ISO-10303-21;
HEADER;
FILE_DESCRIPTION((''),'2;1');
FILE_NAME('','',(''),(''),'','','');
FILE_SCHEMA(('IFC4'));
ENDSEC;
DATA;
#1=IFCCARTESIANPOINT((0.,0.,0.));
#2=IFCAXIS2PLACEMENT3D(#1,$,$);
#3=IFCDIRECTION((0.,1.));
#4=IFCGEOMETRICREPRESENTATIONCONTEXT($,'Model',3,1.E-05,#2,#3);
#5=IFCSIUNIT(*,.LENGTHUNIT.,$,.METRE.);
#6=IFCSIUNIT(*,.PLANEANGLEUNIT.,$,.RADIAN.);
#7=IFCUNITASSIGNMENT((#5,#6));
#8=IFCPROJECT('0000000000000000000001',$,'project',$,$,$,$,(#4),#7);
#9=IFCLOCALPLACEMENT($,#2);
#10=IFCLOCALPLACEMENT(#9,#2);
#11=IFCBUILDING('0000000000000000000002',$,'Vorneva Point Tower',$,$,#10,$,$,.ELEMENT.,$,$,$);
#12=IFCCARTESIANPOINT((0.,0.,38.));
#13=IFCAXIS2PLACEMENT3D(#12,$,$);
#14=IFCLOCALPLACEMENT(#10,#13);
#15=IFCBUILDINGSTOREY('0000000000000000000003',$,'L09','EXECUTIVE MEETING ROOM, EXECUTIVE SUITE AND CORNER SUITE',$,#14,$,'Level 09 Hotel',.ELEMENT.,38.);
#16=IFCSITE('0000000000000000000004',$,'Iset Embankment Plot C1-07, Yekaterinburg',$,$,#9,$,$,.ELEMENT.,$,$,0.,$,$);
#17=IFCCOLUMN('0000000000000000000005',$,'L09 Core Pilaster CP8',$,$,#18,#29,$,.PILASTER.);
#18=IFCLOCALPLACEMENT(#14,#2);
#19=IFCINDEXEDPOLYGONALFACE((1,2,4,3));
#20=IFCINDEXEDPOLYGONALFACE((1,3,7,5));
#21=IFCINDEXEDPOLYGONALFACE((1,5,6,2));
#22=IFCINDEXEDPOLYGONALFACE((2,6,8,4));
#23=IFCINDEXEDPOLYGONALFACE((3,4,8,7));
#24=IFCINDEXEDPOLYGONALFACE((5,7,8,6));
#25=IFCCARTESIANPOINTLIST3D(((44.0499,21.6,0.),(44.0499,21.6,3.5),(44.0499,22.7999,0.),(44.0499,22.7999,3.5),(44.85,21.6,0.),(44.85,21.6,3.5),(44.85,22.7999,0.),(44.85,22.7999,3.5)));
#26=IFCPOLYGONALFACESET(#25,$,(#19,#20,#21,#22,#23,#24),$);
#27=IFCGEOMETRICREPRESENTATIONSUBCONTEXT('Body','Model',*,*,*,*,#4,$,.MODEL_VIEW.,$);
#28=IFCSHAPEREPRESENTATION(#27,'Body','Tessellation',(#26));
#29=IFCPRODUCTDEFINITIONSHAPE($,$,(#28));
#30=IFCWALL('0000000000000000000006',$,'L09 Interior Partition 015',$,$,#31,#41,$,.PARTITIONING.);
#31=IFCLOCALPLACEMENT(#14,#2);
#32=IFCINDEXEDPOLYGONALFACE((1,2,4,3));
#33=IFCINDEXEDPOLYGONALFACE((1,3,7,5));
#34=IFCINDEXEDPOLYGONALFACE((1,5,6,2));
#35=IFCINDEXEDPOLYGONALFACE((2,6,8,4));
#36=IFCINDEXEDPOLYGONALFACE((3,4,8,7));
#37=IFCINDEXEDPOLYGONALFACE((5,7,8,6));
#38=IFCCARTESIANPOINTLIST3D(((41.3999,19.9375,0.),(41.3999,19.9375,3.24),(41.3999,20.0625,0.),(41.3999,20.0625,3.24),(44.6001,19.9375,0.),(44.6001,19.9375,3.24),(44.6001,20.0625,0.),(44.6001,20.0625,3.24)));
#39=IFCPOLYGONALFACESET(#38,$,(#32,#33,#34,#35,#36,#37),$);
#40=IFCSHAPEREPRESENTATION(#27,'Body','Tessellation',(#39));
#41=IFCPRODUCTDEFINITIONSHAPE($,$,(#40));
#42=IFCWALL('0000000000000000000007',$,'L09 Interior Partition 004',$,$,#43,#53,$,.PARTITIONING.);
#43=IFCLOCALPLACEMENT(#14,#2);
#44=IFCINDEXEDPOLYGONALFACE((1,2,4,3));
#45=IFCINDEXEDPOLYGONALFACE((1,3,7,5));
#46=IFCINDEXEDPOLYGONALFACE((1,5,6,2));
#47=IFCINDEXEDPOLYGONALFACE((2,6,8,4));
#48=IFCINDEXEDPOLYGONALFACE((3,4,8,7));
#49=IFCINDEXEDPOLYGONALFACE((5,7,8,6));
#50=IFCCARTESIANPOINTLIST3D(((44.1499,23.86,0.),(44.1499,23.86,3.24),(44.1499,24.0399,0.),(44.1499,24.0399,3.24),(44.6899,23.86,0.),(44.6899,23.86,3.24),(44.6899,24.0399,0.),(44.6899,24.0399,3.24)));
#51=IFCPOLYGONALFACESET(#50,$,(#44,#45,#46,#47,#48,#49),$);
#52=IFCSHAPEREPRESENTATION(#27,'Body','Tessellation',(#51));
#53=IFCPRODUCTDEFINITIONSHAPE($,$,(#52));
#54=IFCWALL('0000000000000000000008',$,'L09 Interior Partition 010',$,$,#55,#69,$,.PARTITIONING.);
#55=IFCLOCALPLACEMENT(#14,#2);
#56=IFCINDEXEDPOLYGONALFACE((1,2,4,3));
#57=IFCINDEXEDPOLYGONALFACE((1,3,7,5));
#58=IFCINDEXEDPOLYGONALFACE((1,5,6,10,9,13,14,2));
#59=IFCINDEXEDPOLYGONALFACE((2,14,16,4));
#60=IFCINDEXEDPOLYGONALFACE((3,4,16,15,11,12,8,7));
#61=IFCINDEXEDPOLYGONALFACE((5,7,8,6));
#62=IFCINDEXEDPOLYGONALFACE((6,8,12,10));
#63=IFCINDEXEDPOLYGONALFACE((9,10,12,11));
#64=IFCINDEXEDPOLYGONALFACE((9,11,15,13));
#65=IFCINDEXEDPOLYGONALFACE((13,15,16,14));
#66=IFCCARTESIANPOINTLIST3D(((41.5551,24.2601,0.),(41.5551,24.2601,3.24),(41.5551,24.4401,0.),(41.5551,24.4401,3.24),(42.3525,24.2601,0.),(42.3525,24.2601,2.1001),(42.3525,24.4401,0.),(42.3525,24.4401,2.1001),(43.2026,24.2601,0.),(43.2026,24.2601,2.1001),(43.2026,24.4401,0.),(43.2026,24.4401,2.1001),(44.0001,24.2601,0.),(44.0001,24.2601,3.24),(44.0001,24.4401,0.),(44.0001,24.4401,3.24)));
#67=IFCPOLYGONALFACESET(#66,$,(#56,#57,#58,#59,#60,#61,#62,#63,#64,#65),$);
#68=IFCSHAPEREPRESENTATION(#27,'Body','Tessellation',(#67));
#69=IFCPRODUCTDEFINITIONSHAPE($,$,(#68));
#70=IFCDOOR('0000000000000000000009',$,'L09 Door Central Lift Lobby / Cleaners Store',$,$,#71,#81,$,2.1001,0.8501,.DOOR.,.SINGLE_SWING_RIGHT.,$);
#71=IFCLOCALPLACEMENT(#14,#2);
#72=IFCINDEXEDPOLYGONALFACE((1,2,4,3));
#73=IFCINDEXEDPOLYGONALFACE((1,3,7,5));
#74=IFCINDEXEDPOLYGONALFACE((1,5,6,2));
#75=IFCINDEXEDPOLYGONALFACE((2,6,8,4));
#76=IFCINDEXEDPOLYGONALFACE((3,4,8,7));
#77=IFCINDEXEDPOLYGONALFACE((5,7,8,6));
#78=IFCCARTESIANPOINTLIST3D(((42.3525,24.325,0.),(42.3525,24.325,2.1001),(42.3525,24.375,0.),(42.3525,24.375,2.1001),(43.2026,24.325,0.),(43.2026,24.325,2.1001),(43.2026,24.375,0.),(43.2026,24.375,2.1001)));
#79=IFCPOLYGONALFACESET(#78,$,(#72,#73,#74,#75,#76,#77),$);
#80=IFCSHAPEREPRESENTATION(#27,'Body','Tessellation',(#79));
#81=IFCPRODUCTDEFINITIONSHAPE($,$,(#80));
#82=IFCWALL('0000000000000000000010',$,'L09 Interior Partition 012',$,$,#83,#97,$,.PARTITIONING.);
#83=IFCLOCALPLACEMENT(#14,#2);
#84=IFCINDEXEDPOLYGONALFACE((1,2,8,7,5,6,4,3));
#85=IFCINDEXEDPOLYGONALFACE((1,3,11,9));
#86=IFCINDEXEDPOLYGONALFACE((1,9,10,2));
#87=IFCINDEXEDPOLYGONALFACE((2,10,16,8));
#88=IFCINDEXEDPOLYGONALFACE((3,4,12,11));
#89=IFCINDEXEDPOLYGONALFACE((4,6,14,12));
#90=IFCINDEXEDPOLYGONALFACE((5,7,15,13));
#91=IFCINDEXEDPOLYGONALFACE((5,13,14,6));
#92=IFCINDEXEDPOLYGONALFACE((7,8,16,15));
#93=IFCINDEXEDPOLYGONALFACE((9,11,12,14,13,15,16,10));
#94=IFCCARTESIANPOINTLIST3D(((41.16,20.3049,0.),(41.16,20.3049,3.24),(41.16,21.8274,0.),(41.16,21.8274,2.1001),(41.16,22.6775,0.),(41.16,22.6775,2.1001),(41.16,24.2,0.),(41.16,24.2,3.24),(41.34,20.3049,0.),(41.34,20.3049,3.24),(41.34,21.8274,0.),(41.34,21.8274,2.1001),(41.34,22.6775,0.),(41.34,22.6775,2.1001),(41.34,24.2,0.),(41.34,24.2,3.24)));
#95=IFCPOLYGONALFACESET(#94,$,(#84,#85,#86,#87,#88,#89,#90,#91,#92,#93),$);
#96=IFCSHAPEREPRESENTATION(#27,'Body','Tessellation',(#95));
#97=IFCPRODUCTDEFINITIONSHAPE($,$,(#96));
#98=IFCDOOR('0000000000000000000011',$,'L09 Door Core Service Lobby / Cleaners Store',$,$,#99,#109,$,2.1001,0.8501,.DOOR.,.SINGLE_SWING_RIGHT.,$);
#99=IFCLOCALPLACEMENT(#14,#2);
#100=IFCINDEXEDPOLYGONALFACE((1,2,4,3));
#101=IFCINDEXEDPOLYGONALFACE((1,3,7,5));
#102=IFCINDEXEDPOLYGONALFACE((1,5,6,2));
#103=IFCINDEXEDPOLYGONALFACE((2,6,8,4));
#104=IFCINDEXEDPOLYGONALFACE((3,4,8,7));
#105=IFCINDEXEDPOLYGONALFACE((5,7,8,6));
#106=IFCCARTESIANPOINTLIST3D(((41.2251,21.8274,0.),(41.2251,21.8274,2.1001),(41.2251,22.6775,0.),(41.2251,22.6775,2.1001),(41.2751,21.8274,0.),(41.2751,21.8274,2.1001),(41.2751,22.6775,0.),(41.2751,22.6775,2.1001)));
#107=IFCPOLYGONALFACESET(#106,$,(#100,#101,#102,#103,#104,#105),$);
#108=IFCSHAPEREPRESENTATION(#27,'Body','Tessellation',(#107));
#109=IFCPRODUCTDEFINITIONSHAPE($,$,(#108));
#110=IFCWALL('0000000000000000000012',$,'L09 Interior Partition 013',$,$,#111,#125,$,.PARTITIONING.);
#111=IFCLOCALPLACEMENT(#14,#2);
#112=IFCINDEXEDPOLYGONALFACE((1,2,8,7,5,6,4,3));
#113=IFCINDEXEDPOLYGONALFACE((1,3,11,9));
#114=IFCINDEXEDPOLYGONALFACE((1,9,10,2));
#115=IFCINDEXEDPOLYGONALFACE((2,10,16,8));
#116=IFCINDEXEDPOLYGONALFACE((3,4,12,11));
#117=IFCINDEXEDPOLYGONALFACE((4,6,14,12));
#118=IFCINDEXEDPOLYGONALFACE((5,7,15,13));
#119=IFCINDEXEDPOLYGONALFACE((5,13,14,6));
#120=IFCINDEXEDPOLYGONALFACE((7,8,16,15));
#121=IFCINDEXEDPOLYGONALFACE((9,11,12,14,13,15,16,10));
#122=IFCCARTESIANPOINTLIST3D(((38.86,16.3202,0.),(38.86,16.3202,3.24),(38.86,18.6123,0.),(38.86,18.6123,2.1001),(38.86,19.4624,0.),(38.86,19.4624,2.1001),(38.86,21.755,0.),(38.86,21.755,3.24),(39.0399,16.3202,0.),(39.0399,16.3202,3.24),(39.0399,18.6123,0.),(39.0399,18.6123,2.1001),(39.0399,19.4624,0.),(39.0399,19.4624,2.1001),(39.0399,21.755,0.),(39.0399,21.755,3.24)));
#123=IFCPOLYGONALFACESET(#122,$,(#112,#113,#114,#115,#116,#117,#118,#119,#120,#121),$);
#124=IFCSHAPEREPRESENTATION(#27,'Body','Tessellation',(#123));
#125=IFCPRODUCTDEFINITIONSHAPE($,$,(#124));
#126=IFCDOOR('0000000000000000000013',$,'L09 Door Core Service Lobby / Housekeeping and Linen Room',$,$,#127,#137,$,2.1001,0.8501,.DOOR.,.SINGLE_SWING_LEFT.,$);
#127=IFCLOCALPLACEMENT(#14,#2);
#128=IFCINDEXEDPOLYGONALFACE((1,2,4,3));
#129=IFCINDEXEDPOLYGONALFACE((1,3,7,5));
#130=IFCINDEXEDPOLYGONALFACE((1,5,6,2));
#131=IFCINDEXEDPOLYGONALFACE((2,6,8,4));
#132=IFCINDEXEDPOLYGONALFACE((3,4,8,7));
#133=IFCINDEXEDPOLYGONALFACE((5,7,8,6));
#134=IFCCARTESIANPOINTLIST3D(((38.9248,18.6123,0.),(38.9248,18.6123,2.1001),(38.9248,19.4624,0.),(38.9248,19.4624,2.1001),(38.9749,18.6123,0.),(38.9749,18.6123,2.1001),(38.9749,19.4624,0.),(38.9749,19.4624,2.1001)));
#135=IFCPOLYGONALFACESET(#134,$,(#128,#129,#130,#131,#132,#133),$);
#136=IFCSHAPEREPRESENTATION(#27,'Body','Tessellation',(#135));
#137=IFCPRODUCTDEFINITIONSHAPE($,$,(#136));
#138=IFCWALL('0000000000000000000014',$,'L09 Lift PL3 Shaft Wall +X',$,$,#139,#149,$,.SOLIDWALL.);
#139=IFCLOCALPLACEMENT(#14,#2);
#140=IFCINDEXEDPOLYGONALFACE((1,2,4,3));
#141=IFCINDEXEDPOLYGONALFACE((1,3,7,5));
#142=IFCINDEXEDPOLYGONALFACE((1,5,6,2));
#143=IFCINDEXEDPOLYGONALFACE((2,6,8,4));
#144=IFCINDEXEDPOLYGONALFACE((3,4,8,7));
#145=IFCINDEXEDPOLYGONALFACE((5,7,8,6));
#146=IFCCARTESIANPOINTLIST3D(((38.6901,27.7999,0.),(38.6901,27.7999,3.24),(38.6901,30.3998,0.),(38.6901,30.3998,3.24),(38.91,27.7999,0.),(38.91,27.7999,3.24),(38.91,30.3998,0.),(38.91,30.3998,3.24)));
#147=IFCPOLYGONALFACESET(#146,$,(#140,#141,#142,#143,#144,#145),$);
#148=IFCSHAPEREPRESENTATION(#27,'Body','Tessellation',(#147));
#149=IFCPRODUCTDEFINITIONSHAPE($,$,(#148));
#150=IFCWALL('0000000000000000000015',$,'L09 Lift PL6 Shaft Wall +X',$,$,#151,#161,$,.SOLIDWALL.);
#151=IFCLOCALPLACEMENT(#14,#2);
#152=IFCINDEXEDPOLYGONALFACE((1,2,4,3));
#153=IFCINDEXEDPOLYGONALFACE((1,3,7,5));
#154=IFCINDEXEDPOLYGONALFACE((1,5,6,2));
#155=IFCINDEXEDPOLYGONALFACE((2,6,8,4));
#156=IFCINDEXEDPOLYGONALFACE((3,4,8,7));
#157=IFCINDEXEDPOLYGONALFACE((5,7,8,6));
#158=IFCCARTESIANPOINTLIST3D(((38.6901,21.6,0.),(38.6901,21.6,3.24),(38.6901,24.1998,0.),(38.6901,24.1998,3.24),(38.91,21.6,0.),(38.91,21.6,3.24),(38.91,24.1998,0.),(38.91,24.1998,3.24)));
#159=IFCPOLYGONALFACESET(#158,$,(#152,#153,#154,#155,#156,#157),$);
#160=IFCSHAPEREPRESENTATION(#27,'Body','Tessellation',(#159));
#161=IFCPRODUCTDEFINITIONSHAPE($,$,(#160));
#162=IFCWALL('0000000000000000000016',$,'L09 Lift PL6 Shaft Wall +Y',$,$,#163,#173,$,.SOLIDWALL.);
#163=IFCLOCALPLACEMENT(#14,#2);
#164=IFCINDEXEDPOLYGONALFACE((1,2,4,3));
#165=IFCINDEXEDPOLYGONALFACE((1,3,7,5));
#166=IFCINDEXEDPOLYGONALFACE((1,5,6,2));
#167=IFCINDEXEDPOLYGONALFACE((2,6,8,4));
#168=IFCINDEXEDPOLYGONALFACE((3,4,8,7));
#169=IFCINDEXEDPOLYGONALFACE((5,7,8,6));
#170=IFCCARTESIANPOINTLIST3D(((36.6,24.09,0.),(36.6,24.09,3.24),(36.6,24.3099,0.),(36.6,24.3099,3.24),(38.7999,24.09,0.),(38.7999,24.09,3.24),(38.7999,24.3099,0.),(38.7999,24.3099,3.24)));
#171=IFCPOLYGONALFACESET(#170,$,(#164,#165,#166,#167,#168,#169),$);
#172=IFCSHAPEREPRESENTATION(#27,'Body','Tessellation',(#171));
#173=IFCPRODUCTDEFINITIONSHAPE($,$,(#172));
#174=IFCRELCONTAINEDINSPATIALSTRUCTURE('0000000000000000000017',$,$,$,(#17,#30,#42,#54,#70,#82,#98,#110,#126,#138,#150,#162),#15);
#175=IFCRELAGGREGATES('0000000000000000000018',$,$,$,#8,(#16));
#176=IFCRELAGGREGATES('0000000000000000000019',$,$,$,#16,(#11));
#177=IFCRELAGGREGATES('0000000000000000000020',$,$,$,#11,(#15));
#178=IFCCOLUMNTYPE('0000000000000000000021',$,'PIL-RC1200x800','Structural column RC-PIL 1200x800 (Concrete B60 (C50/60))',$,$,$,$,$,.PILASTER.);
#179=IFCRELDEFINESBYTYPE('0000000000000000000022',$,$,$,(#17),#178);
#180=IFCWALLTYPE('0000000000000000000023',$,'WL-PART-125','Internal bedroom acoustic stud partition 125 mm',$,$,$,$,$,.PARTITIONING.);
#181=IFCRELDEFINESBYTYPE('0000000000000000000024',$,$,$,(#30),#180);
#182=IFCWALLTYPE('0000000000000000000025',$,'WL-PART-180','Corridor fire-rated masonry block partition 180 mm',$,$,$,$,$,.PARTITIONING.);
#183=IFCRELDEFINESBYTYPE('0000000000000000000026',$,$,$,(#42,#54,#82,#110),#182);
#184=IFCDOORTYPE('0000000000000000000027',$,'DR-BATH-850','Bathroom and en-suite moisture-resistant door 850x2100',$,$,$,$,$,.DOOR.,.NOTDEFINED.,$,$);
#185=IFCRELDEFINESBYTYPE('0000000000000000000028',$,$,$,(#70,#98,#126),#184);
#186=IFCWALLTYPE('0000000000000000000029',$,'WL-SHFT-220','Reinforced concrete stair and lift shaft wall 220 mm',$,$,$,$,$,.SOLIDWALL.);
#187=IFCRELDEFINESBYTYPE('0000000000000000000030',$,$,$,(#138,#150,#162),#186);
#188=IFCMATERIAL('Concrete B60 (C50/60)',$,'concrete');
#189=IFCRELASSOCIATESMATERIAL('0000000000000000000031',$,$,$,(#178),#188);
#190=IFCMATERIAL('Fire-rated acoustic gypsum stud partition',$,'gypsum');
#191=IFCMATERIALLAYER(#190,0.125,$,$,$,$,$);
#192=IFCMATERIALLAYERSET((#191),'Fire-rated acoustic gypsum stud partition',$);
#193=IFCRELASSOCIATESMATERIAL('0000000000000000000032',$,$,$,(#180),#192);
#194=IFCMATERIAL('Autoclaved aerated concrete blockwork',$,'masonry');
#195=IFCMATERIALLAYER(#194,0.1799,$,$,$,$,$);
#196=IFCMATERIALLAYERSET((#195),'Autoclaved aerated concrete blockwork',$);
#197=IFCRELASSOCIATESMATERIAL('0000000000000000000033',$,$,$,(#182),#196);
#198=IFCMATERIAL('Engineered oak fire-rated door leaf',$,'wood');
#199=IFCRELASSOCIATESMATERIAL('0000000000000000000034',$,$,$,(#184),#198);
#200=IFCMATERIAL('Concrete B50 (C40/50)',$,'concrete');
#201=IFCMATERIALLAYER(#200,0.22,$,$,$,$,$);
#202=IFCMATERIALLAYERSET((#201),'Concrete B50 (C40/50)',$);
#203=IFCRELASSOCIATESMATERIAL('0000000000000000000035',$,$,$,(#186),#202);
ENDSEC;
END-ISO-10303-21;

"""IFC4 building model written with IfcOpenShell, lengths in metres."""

from ifc_helpers import new_model, si_unit, direction, frame, frame_2d, origin, origin_2d, place, context, subcontext, project, spatial, rectangle, extrude, material, layer, layer_set, material_profile, profile_set, type_object, element, fill, save


model = new_model("IFC4")

# Units and contexts
model_context = context("Model", 3, precision=1e-05, world=origin(), true_north=direction((0.0, 1.0)))
body_context = subcontext(model_context, "Body", "Model", "MODEL_VIEW")
ifc_project = project(units=[si_unit("LENGTHUNIT", "METRE"), si_unit("PLANEANGLEUNIT", "RADIAN")], contexts=[model_context])

# Site, building, storey
site_placement = place(None, origin())
site = spatial("IfcSite", under=ifc_project, at=site_placement, Name="Iset Embankment Plot C1-07, Yekaterinburg", CompositionType="ELEMENT", RefElevation=0.0)
building_placement = place(site_placement, origin())
building = spatial("IfcBuilding", under=site, at=building_placement, Name="Vorneva Point Tower", CompositionType="ELEMENT")
storey_placement = place(building_placement, frame((0.0, 0.0, 38.0)))
storey = spatial("IfcBuildingStorey", under=building, at=storey_placement, Name="L09", Description="EXECUTIVE MEETING ROOM, EXECUTIVE SUITE AND CORNER SUITE", LongName="Level 09 Hotel", CompositionType="ELEMENT", Elevation=38.0)

# Column
ifc_material_1 = material(Name="Concrete B60 (C50/60)", Category="concrete")
ifc_material_profile = material_profile(ifc_material_1, rectangle(XDim=0.8, YDim=1.2, at=origin_2d()), Name="RC-PIL 1200x800")
ifc_profile_set = profile_set([ifc_material_profile], Name="Concrete B60 (C50/60)")
column_type = type_object("IfcColumnType", Name="PIL-RC1200x800", Description="Structural column RC-PIL 1200x800 (Concrete B60 (C50/60))", PredefinedType="PILASTER", material=ifc_profile_set)
column_placement = place(storey_placement, frame((44.45, 22.2, 0.0), z_axis=(0.0, 0.0, 1.0), x_axis=(1.0, 0.0, 0.0)))
element("IfcColumn", 1, at=column_placement, inside=storey, type_object=column_type, Name="L09 Core Pilaster CP8", PredefinedType="PILASTER", context=body_context, shape_type="SweptSolid", body=[
    extrude(rectangle(XDim=0.8, YDim=1.2, at=origin_2d()), origin(), (0.0, 0.0, 1.0), 3.5),
])

# Wall
ifc_material_2 = material(Name="Fire-rated acoustic gypsum stud partition", Category="gypsum")
ifc_layer_1 = layer(ifc_material_2, 0.125)
ifc_layer_set_1 = layer_set([ifc_layer_1], Name="Fire-rated acoustic gypsum stud partition")
wall_type_1 = type_object("IfcWallType", Name="WL-PART-125", Description="Internal bedroom acoustic stud partition 125 mm", PredefinedType="PARTITIONING", material=ifc_layer_set_1)
wall_1_placement = place(storey_placement, frame((44.6001, 20.0, 0.0), z_axis=(0.0, 0.0, 1.0), x_axis=(-1.0, 0.0, 0.0)))
element("IfcWall", 2, at=wall_1_placement, inside=storey, type_object=wall_type_1, Name="L09 Interior Partition 015", PredefinedType="PARTITIONING", context=body_context, shape_type="SweptSolid", body=[
    extrude(rectangle(XDim=3.2002, YDim=0.125, at=frame_2d((1.6001, 0.0))), origin(), (0.0, 0.0, 1.0), 3.24),
])

# Shared definitions
ifc_material_3 = material(Name="Autoclaved aerated concrete blockwork", Category="masonry")
ifc_layer_2 = layer(ifc_material_3, 0.1799)
ifc_layer_set_2 = layer_set([ifc_layer_2], Name="Autoclaved aerated concrete blockwork")
wall_type_2 = type_object("IfcWallType", Name="WL-PART-180", Description="Corridor fire-rated masonry block partition 180 mm", PredefinedType="PARTITIONING", material=ifc_layer_set_2)

# Wall
wall_2_placement = place(storey_placement, frame((44.1499, 23.95, 0.0), z_axis=(0.0, 0.0, 1.0), x_axis=(1.0, 0.0, 0.0)))
element("IfcWall", 3, at=wall_2_placement, inside=storey, type_object=wall_type_2, Name="L09 Interior Partition 004", PredefinedType="PARTITIONING", context=body_context, shape_type="SweptSolid", body=[
    extrude(rectangle(XDim=0.54, YDim=0.1799, at=frame_2d((0.27, 0.0))), origin(), (0.0, 0.0, 1.0), 3.24),
])

# Walls, openings, doors
wall_3_placement = place(storey_placement, frame((41.5549, 24.3501, 0.0), z_axis=(0.0, 0.0, 1.0), x_axis=(1.0, 0.0, 0.0)))
wall_3 = element("IfcWall", 4, at=wall_3_placement, inside=storey, type_object=wall_type_2, Name="L09 Interior Partition 010", PredefinedType="PARTITIONING", context=body_context, shape_type="SweptSolid", body=[
    extrude(rectangle(XDim=2.4451, YDim=0.1799, at=frame_2d((1.2227, 0.0))), origin(), (0.0, 0.0, 1.0), 3.24),
])
opening_1_placement = place(wall_3_placement, frame((0.7976, 0.0, 0.0)))
opening_1 = element("IfcOpeningElement", 5, at=opening_1_placement, cuts=wall_3, PredefinedType="OPENING", context=body_context, shape_type="SweptSolid", body=[
    extrude(rectangle(XDim=0.8501, YDim=2.1001, at=frame_2d((0.425, 1.05))), frame((0.0, 0.105, 0.0), z_axis=(0.0, -1.0, 0.0), x_axis=(1.0, 0.0, 0.0)), (0.0, 0.0, 1.0), 0.2097),
])
ifc_material_4 = material(Name="Engineered oak fire-rated door leaf", Category="wood")
door_type_1 = type_object("IfcDoorType", Name="DR-BATH-850", Description="Bathroom and en-suite moisture-resistant door 850x2100", OperationType="NOTDEFINED", PredefinedType="DOOR", material=ifc_material_4)
door_1_placement = place(opening_1_placement, origin())
door_1 = element("IfcDoor", 6, at=door_1_placement, inside=storey, type_object=door_type_1, Name="L09 Door Central Lift Lobby / Cleaners Store", OperationType="SINGLE_SWING_RIGHT", OverallHeight=2.1001, OverallWidth=0.8501, PredefinedType="DOOR", context=body_context, shape_type="SweptSolid", body=[
    extrude(rectangle(XDim=0.8501, YDim=2.1001, at=frame_2d((0.425, 1.05))), frame((0.0, 0.0249, 0.0), z_axis=(0.0, -1.0, 0.0), x_axis=(1.0, 0.0, 0.0)), (0.0, 0.0, 1.0), 0.05),
])
fill(opening_1, door_1)
wall_4_placement = place(storey_placement, frame((41.25, 20.3049, 0.0), z_axis=(0.0, 0.0, 1.0), x_axis=(0.0, 1.0, 0.0)))
wall_4 = element("IfcWall", 7, at=wall_4_placement, inside=storey, type_object=wall_type_2, Name="L09 Interior Partition 012", PredefinedType="PARTITIONING", context=body_context, shape_type="SweptSolid", body=[
    extrude(rectangle(XDim=3.895, YDim=0.1799, at=frame_2d((1.9475, 0.0))), origin(), (0.0, 0.0, 1.0), 3.24),
])
opening_2_placement = place(wall_4_placement, frame((1.5225, 0.0, 0.0)))
opening_2 = element("IfcOpeningElement", 8, at=opening_2_placement, cuts=wall_4, PredefinedType="OPENING", context=body_context, shape_type="SweptSolid", body=[
    extrude(rectangle(XDim=0.8501, YDim=2.1001, at=frame_2d((0.425, 1.05))), frame((0.0, 0.105, 0.0), z_axis=(0.0, -1.0, 0.0), x_axis=(1.0, 0.0, 0.0)), (0.0, 0.0, 1.0), 0.2097),
])
door_2_placement = place(opening_2_placement, origin())
door_2 = element("IfcDoor", 9, at=door_2_placement, inside=storey, type_object=door_type_1, Name="L09 Door Core Service Lobby / Cleaners Store", OperationType="SINGLE_SWING_RIGHT", OverallHeight=2.1001, OverallWidth=0.8501, PredefinedType="DOOR", context=body_context, shape_type="SweptSolid", body=[
    extrude(rectangle(XDim=0.8501, YDim=2.1001, at=frame_2d((0.425, 1.05))), frame((0.0, 0.0249, 0.0), z_axis=(0.0, -1.0, 0.0), x_axis=(1.0, 0.0, 0.0)), (0.0, 0.0, 1.0), 0.05),
])
fill(opening_2, door_2)
wall_5_placement = place(storey_placement, frame((38.95, 21.7549, 0.0), z_axis=(0.0, 0.0, 1.0), x_axis=(0.0, -1.0, 0.0)))
wall_5 = element("IfcWall", 10, at=wall_5_placement, inside=storey, type_object=wall_type_2, Name="L09 Interior Partition 013", PredefinedType="PARTITIONING", context=body_context, shape_type="SweptSolid", body=[
    extrude(rectangle(XDim=5.4348, YDim=0.1799, at=frame_2d((2.7173, 0.0))), origin(), (0.0, 0.0, 1.0), 3.24),
])
opening_3_placement = place(wall_5_placement, frame((2.2925, 0.0, 0.0)))
opening_3 = element("IfcOpeningElement", 11, at=opening_3_placement, cuts=wall_5, PredefinedType="OPENING", context=body_context, shape_type="SweptSolid", body=[
    extrude(rectangle(XDim=0.8501, YDim=2.1001, at=frame_2d((0.425, 1.05))), frame((0.0, 0.105, 0.0), z_axis=(0.0, -1.0, 0.0), x_axis=(1.0, 0.0, 0.0)), (0.0, 0.0, 1.0), 0.2097),
])
door_3_placement = place(opening_3_placement, origin())
door_3 = element("IfcDoor", 12, at=door_3_placement, inside=storey, type_object=door_type_1, Name="L09 Door Core Service Lobby / Housekeeping and Linen Room", OperationType="SINGLE_SWING_LEFT", OverallHeight=2.1001, OverallWidth=0.8501, PredefinedType="DOOR", context=body_context, shape_type="SweptSolid", body=[
    extrude(rectangle(XDim=0.8501, YDim=2.1001, at=frame_2d((0.425, 1.05))), frame((0.0, 0.0249, 0.0), z_axis=(0.0, -1.0, 0.0), x_axis=(1.0, 0.0, 0.0)), (0.0, 0.0, 1.0), 0.05),
])
fill(opening_3, door_3)
ifc_material_5 = material(Name="Concrete B50 (C40/50)", Category="concrete")
ifc_layer_3 = layer(ifc_material_5, 0.22)
ifc_layer_set_3 = layer_set([ifc_layer_3], Name="Concrete B50 (C40/50)")
wall_type_3 = type_object("IfcWallType", Name="WL-SHFT-220", Description="Reinforced concrete stair and lift shaft wall 220 mm", PredefinedType="SOLIDWALL", material=ifc_layer_set_3)

# Walls
for number, where, z_axis, x_axis, name in (
    (13, (38.8, 27.8, 0.0), (0.0, 0.0, 1.0), (0.0, 1.0, 0.0), "L09 Lift PL3 Shaft Wall +X"),
    (14, (38.8, 21.6001, 0.0), (0.0, 0.0, 1.0), (0.0, 1.0, 0.0), "L09 Lift PL6 Shaft Wall +X"),
):
    element("IfcWall", number, at=place(storey_placement, frame(where, z_axis=z_axis, x_axis=x_axis)), inside=storey, type_object=wall_type_3, Name=name, PredefinedType="SOLIDWALL", context=body_context, shape_type="SweptSolid", body=[
        extrude(rectangle(XDim=2.5999, YDim=0.22, at=frame_2d((1.2998, 0.0))), origin(), (0.0, 0.0, 1.0), 3.24),
    ])
for number, where, z_axis, x_axis, name in (
    (15, (38.8, 24.2, 0.0), (0.0, 0.0, 1.0), (-1.0, 0.0, 0.0), "L09 Lift PL6 Shaft Wall +Y"),
):
    element("IfcWall", number, at=place(storey_placement, frame(where, z_axis=z_axis, x_axis=x_axis)), inside=storey, type_object=wall_type_3, Name=name, PredefinedType="SOLIDWALL", context=body_context, shape_type="SweptSolid", body=[
        extrude(rectangle(XDim=2.2, YDim=0.22, at=frame_2d((1.1001, 0.0))), origin(), (0.0, 0.0, 1.0), 3.24),
    ])

save(model, "model.ifc")
